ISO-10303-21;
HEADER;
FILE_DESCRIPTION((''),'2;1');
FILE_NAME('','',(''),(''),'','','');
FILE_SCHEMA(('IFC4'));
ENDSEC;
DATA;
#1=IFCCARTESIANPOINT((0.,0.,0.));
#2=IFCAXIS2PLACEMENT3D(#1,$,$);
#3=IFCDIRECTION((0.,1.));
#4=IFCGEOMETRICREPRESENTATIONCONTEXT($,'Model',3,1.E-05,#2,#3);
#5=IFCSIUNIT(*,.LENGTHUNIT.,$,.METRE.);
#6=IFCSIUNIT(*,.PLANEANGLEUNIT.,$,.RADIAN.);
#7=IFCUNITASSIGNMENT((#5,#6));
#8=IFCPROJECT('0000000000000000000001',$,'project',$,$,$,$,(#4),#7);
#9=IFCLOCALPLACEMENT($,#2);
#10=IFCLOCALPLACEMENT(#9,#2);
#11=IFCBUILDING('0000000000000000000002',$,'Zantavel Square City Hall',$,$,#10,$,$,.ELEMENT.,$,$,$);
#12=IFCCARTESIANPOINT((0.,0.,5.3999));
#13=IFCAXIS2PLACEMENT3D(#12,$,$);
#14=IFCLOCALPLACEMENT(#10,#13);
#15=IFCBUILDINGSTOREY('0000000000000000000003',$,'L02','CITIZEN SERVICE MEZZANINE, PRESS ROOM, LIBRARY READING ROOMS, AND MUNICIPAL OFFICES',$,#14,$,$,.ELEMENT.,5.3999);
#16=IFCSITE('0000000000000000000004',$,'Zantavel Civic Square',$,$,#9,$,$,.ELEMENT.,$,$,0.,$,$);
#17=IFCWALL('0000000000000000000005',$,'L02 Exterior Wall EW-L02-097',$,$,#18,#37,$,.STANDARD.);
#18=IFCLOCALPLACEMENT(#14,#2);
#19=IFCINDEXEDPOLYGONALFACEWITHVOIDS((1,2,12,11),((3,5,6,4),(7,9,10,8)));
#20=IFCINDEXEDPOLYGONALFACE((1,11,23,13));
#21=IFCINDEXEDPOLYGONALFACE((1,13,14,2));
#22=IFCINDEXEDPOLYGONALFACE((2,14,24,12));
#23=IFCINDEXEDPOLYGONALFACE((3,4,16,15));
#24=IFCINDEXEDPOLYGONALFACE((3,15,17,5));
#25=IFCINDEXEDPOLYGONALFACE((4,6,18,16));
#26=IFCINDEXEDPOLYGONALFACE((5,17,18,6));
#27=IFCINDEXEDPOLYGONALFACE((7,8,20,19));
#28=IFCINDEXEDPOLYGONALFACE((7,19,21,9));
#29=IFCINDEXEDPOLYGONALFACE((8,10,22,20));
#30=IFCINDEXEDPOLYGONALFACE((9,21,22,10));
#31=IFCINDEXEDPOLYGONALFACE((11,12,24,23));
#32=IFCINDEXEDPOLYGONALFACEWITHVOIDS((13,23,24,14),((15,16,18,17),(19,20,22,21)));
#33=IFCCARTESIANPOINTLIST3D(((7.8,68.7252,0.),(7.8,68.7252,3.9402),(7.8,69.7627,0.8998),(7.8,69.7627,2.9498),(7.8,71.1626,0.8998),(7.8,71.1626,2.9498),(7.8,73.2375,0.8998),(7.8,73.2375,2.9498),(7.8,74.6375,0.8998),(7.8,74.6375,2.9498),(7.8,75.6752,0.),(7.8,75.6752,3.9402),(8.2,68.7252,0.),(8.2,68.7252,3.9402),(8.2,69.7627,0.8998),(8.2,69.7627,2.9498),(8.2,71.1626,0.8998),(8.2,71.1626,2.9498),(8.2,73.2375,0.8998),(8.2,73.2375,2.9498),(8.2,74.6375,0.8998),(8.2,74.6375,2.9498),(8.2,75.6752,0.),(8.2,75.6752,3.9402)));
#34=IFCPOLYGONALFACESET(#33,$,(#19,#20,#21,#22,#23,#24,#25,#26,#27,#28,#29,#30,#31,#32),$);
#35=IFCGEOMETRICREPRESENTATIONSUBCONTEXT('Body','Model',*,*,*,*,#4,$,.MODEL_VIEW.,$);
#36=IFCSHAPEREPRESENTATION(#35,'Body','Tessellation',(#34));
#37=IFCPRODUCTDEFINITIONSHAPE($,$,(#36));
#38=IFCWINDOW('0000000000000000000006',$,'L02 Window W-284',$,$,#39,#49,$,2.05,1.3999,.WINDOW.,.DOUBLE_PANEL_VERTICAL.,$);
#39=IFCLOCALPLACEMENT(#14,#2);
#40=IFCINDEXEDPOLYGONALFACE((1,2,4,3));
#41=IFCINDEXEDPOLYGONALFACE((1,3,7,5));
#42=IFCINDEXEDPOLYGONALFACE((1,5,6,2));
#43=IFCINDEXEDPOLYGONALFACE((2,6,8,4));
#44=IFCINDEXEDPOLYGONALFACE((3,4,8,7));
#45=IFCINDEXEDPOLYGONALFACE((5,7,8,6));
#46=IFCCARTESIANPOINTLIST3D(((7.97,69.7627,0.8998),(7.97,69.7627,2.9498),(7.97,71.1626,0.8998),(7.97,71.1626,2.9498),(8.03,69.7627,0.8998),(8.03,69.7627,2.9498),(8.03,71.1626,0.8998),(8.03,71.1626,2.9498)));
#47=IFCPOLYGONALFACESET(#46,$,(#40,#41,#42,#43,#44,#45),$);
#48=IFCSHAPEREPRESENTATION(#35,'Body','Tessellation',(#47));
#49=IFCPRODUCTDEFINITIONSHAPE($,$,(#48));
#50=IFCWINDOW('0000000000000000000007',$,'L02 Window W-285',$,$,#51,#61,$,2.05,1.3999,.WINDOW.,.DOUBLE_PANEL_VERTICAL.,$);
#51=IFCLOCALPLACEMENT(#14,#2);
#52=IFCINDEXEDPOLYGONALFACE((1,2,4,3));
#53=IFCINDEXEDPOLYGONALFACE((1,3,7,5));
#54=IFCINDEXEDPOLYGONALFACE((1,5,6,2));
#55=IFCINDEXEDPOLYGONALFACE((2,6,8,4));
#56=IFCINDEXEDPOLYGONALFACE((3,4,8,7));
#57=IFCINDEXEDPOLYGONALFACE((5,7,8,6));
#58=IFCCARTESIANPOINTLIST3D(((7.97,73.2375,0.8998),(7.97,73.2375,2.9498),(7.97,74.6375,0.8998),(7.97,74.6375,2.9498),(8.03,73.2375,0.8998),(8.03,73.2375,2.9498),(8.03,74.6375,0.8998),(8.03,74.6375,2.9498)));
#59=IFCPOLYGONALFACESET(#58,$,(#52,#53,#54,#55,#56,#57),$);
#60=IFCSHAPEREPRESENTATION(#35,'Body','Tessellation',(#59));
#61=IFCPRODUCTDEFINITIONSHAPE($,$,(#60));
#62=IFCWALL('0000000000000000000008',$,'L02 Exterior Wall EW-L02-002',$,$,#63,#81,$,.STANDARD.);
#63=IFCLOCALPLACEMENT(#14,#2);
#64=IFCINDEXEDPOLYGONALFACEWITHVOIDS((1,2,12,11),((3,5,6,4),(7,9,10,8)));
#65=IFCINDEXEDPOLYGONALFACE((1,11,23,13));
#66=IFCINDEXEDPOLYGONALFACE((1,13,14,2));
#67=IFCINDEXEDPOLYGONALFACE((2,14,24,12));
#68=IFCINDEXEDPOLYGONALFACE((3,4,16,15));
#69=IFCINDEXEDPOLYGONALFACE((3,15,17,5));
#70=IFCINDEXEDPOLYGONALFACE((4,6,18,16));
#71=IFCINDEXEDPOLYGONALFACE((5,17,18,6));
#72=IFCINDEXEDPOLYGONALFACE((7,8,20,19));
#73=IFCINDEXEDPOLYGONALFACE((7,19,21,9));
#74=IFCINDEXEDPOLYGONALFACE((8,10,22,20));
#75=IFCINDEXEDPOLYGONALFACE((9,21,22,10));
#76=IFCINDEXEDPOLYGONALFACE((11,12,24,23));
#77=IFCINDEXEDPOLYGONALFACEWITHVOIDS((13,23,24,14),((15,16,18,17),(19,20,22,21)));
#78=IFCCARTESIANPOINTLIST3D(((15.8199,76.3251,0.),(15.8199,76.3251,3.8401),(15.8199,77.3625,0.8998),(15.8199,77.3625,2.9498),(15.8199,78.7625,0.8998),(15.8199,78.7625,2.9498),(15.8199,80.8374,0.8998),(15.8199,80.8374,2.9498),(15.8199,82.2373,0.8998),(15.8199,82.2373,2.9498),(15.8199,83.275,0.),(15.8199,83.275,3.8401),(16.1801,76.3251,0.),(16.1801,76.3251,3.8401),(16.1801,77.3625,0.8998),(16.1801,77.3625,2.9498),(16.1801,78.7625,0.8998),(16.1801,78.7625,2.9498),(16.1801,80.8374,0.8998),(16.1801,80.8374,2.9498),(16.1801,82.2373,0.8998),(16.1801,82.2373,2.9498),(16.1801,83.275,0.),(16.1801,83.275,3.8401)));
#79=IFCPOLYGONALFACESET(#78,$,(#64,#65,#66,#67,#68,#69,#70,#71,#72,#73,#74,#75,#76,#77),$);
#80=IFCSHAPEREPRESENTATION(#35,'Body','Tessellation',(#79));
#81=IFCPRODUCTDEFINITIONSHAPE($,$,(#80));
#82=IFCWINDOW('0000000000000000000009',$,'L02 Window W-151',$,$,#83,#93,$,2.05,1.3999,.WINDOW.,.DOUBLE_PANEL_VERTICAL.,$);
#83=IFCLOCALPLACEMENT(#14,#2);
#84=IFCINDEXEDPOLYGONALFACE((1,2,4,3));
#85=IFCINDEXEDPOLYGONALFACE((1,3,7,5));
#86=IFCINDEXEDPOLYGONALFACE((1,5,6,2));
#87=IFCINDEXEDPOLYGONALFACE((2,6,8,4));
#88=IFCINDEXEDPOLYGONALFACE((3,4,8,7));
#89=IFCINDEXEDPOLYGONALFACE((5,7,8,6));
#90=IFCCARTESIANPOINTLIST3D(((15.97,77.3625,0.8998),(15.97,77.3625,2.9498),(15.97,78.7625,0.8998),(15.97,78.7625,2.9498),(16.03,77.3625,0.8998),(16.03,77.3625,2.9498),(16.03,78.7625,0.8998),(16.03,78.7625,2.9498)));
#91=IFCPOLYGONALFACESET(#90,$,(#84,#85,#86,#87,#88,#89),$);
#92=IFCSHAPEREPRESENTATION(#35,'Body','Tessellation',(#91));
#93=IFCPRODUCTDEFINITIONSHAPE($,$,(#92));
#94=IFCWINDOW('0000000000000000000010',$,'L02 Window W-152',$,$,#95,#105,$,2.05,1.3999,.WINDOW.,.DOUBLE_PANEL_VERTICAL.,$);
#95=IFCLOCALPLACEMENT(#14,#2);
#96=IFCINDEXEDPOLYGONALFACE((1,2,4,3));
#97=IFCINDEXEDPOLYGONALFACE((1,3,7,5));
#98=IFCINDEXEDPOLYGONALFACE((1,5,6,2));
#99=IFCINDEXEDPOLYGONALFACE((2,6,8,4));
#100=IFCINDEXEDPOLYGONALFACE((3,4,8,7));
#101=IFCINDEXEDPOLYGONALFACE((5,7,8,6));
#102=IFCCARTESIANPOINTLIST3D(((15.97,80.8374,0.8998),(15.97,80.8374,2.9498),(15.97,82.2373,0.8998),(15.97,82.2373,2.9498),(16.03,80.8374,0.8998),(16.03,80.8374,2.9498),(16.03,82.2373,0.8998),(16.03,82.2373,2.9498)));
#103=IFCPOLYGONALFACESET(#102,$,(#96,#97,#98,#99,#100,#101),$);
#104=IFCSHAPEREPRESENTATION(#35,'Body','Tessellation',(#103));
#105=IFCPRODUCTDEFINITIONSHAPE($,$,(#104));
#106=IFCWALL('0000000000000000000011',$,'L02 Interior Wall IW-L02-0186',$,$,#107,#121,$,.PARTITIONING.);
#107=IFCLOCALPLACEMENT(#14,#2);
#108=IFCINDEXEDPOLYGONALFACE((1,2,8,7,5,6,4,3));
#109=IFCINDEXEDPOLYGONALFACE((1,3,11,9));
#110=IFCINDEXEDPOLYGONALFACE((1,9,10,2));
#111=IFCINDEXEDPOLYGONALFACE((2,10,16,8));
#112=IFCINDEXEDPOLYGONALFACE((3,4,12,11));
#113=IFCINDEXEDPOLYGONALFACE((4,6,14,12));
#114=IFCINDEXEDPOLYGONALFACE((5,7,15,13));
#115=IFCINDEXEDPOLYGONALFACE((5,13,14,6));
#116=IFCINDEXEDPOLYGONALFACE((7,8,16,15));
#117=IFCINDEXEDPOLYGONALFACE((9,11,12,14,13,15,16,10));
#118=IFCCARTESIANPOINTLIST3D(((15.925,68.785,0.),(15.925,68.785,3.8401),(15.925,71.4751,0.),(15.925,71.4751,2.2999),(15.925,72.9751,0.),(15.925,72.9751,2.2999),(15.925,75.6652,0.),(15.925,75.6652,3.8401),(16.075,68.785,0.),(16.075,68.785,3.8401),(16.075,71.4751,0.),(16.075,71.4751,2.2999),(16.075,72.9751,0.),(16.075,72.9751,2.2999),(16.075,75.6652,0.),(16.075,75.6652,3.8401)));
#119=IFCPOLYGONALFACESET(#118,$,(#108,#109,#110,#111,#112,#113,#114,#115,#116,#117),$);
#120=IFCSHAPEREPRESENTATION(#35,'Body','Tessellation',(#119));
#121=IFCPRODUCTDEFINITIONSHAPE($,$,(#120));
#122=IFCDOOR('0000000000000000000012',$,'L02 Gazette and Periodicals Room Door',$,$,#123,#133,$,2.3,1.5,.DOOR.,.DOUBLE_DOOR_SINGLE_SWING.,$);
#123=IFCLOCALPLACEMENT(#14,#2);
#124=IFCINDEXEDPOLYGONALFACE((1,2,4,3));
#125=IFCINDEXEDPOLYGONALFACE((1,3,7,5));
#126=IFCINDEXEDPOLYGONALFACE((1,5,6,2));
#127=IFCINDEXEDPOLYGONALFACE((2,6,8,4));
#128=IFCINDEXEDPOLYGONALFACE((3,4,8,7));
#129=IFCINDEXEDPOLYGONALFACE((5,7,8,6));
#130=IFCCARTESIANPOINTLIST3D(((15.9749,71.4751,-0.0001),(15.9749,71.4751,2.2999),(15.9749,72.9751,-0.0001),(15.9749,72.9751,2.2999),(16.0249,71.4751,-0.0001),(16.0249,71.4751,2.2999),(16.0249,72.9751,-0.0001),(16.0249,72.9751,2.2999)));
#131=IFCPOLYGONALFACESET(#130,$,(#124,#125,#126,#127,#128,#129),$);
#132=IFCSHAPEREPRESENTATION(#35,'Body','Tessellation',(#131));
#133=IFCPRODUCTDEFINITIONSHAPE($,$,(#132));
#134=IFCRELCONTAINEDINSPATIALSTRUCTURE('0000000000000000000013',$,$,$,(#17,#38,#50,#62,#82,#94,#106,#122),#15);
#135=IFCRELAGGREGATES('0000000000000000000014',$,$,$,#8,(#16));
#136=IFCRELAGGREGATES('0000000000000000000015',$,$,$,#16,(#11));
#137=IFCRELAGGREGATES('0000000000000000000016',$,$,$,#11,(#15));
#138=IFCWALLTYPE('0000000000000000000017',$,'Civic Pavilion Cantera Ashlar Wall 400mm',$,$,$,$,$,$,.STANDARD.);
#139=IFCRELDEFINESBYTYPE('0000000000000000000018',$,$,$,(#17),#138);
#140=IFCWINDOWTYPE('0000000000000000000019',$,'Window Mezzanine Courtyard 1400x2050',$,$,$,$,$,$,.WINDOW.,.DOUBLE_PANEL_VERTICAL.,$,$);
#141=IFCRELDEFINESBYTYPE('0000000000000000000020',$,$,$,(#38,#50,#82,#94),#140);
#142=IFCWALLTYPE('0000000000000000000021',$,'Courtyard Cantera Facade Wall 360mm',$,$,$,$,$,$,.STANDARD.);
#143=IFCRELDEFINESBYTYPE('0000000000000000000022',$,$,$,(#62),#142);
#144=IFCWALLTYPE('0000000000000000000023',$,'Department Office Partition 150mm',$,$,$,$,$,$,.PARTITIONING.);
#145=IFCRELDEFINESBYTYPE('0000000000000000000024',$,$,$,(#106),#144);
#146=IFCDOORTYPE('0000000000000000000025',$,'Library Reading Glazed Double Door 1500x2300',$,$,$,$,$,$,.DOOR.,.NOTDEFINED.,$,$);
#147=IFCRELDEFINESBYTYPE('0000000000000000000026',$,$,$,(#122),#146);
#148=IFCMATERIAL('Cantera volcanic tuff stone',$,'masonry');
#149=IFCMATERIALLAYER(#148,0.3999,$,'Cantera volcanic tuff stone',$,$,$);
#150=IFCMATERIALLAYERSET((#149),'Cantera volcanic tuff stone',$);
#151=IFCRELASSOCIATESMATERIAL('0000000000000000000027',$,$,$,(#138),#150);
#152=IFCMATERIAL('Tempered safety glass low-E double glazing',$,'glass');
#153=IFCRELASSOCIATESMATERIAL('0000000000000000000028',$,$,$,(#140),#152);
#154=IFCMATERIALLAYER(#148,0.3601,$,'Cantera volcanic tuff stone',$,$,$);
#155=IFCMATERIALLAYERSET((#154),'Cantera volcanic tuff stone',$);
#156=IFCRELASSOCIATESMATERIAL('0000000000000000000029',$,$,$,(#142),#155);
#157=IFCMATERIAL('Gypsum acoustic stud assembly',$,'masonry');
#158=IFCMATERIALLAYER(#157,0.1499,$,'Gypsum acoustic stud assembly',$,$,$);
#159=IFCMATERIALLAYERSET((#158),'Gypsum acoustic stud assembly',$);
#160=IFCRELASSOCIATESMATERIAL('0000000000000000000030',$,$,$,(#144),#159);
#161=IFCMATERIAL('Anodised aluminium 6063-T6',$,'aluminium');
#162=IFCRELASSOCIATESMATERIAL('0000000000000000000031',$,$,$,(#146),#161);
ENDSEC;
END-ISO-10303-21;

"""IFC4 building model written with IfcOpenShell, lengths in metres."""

from ifc_helpers import new_model, si_unit, direction, frame, frame_2d, origin, place, context, subcontext, project, spatial, rectangle, extrude, material, layer, layer_set, type_object, element, fill, save


model = new_model("IFC4")

# Units and contexts
model_context = context("Model", 3, precision=1e-05, world=origin(), true_north=direction((0.0, 1.0)))
body_context = subcontext(model_context, "Body", "Model", "MODEL_VIEW")
ifc_project = project(units=[si_unit("LENGTHUNIT", "METRE"), si_unit("PLANEANGLEUNIT", "RADIAN")], contexts=[model_context])

# Site, building, storey
site_placement = place(None, origin())
site = spatial("IfcSite", under=ifc_project, at=site_placement, Name="Zantavel Civic Square", CompositionType="ELEMENT", RefElevation=0.0)
building_placement = place(site_placement, origin())
building = spatial("IfcBuilding", under=site, at=building_placement, Name="Zantavel Square City Hall", CompositionType="ELEMENT")
storey_placement = place(building_placement, frame((0.0, 0.0, 5.3999)))
storey = spatial("IfcBuildingStorey", under=building, at=storey_placement, Name="L02", Description="CITIZEN SERVICE MEZZANINE, PRESS ROOM, LIBRARY READING ROOMS, AND MUNICIPAL OFFICES", CompositionType="ELEMENT", Elevation=5.3999)

# Walls, openings, windows
ifc_material_1 = material(Name="Cantera volcanic tuff stone", Category="masonry")
ifc_layer_1 = layer(ifc_material_1, 0.3999, Name="Cantera volcanic tuff stone")
ifc_layer_set_1 = layer_set([ifc_layer_1], Name="Cantera volcanic tuff stone")
wall_type_1 = type_object("IfcWallType", Name="Civic Pavilion Cantera Ashlar Wall 400mm", PredefinedType="STANDARD", material=ifc_layer_set_1)
wall_1_placement = place(storey_placement, frame((8.0, 68.7251, 0.0), z_axis=(0.0, 0.0, 1.0), x_axis=(0.0, 1.0, 0.0)))
wall_1 = element("IfcWall", 1, at=wall_1_placement, inside=storey, type_object=wall_type_1, Name="L02 Exterior Wall EW-L02-097", PredefinedType="STANDARD", context=body_context, shape_type="SweptSolid", body=[
    extrude(rectangle(XDim=6.95, YDim=0.3999, at=frame_2d((3.4751, 0.0))), origin(), (0.0, 0.0, 1.0), 3.9402),
])
opening_1_placement = place(wall_1_placement, frame((1.0376, 0.0, 0.8999)))
opening_1 = element("IfcOpeningElement", 2, at=opening_1_placement, cuts=wall_1, PredefinedType="OPENING", context=body_context, shape_type="SweptSolid", body=[
    extrude(rectangle(XDim=1.3999, YDim=2.05, at=frame_2d((0.7, 1.0249))), frame((0.0, 0.21, 0.0), z_axis=(0.0, -1.0, 0.0), x_axis=(1.0, 0.0, 0.0)), (0.0, 0.0, 1.0), 0.4199),
])
opening_2_placement = place(wall_1_placement, frame((4.5125, 0.0, 0.8999)))
opening_2 = element("IfcOpeningElement", 3, at=opening_2_placement, cuts=wall_1, PredefinedType="OPENING", context=body_context, shape_type="SweptSolid", body=[
    extrude(rectangle(XDim=1.3999, YDim=2.05, at=frame_2d((0.7, 1.0249))), frame((0.0, 0.21, 0.0), z_axis=(0.0, -1.0, 0.0), x_axis=(1.0, 0.0, 0.0)), (0.0, 0.0, 1.0), 0.4199),
])
ifc_material_2 = material(Name="Tempered safety glass low-E double glazing", Category="glass")
window_type_1 = type_object("IfcWindowType", Name="Window Mezzanine Courtyard 1400x2050", PartitioningType="DOUBLE_PANEL_VERTICAL", PredefinedType="WINDOW", material=ifc_material_2)
window_1_placement = place(opening_1_placement, origin())
window_1 = element("IfcWindow", 4, at=window_1_placement, inside=storey, type_object=window_type_1, Name="L02 Window W-284", OverallHeight=2.05, OverallWidth=1.3999, PartitioningType="DOUBLE_PANEL_VERTICAL", PredefinedType="WINDOW", context=body_context, shape_type="SweptSolid", body=[
    extrude(rectangle(XDim=1.3999, YDim=2.05, at=frame_2d((0.7, 1.0249))), frame((0.0, 0.03, 0.0), z_axis=(0.0, -1.0, 0.0), x_axis=(1.0, 0.0, 0.0)), (0.0, 0.0, 1.0), 0.0601),
])
fill(opening_1, window_1)
window_2_placement = place(opening_2_placement, origin())
window_2 = element("IfcWindow", 5, at=window_2_placement, inside=storey, type_object=window_type_1, Name="L02 Window W-285", OverallHeight=2.05, OverallWidth=1.3999, PartitioningType="DOUBLE_PANEL_VERTICAL", PredefinedType="WINDOW", context=body_context, shape_type="SweptSolid", body=[
    extrude(rectangle(XDim=1.3999, YDim=2.05, at=frame_2d((0.7, 1.0249))), frame((0.0, 0.03, 0.0), z_axis=(0.0, -1.0, 0.0), x_axis=(1.0, 0.0, 0.0)), (0.0, 0.0, 1.0), 0.0601),
])
fill(opening_2, window_2)
ifc_layer_2 = layer(ifc_material_1, 0.3601, Name="Cantera volcanic tuff stone")
ifc_layer_set_2 = layer_set([ifc_layer_2], Name="Cantera volcanic tuff stone")
wall_type_2 = type_object("IfcWallType", Name="Courtyard Cantera Facade Wall 360mm", PredefinedType="STANDARD", material=ifc_layer_set_2)
wall_2_placement = place(storey_placement, frame((16.0, 76.325, 0.0), z_axis=(0.0, 0.0, 1.0), x_axis=(0.0, 1.0, 0.0)))
wall_2 = element("IfcWall", 6, at=wall_2_placement, inside=storey, type_object=wall_type_2, Name="L02 Exterior Wall EW-L02-002", PredefinedType="STANDARD", context=body_context, shape_type="SweptSolid", body=[
    extrude(rectangle(XDim=6.95, YDim=0.3601, at=frame_2d((3.4751, 0.0))), origin(), (0.0, 0.0, 1.0), 3.8401),
])
opening_3_placement = place(wall_2_placement, frame((1.0376, 0.0, 0.8999)))
opening_3 = element("IfcOpeningElement", 7, at=opening_3_placement, cuts=wall_2, PredefinedType="OPENING", context=body_context, shape_type="SweptSolid", body=[
    extrude(rectangle(XDim=1.3999, YDim=2.05, at=frame_2d((0.7, 1.0249))), frame((0.0, 0.1899, 0.0), z_axis=(0.0, -1.0, 0.0), x_axis=(1.0, 0.0, 0.0)), (0.0, 0.0, 1.0), 0.3801),
])
opening_4_placement = place(wall_2_placement, frame((4.5125, 0.0, 0.8999)))
opening_4 = element("IfcOpeningElement", 8, at=opening_4_placement, cuts=wall_2, PredefinedType="OPENING", context=body_context, shape_type="SweptSolid", body=[
    extrude(rectangle(XDim=1.3999, YDim=2.05, at=frame_2d((0.7, 1.0249))), frame((0.0, 0.1899, 0.0), z_axis=(0.0, -1.0, 0.0), x_axis=(1.0, 0.0, 0.0)), (0.0, 0.0, 1.0), 0.3801),
])
window_3_placement = place(opening_3_placement, origin())
window_3 = element("IfcWindow", 9, at=window_3_placement, inside=storey, type_object=window_type_1, Name="L02 Window W-151", OverallHeight=2.05, OverallWidth=1.3999, PartitioningType="DOUBLE_PANEL_VERTICAL", PredefinedType="WINDOW", context=body_context, shape_type="SweptSolid", body=[
    extrude(rectangle(XDim=1.3999, YDim=2.05, at=frame_2d((0.7, 1.0249))), frame((0.0, 0.03, 0.0), z_axis=(0.0, -1.0, 0.0), x_axis=(1.0, 0.0, 0.0)), (0.0, 0.0, 1.0), 0.0601),
])
fill(opening_3, window_3)
window_4_placement = place(opening_4_placement, origin())
window_4 = element("IfcWindow", 10, at=window_4_placement, inside=storey, type_object=window_type_1, Name="L02 Window W-152", OverallHeight=2.05, OverallWidth=1.3999, PartitioningType="DOUBLE_PANEL_VERTICAL", PredefinedType="WINDOW", context=body_context, shape_type="SweptSolid", body=[
    extrude(rectangle(XDim=1.3999, YDim=2.05, at=frame_2d((0.7, 1.0249))), frame((0.0, 0.03, 0.0), z_axis=(0.0, -1.0, 0.0), x_axis=(1.0, 0.0, 0.0)), (0.0, 0.0, 1.0), 0.0601),
])
fill(opening_4, window_4)

# Wall, opening, door
ifc_material_3 = material(Name="Gypsum acoustic stud assembly", Category="masonry")
ifc_layer_3 = layer(ifc_material_3, 0.1499, Name="Gypsum acoustic stud assembly")
ifc_layer_set_3 = layer_set([ifc_layer_3], Name="Gypsum acoustic stud assembly")
wall_type_3 = type_object("IfcWallType", Name="Department Office Partition 150mm", PredefinedType="PARTITIONING", material=ifc_layer_set_3)
wall_3_placement = place(storey_placement, frame((16.0, 75.665, 0.0), z_axis=(0.0, 0.0, 1.0), x_axis=(0.0, -1.0, 0.0)))
wall_3 = element("IfcWall", 11, at=wall_3_placement, inside=storey, type_object=wall_type_3, Name="L02 Interior Wall IW-L02-0186", PredefinedType="PARTITIONING", context=body_context, shape_type="SweptSolid", body=[
    extrude(rectangle(XDim=6.8801, YDim=0.1499, at=frame_2d((3.4399, 0.0))), origin(), (0.0, 0.0, 1.0), 3.8401),
])
opening_5_placement = place(wall_3_placement, frame((2.6899, 0.0, 0.0)))
opening_5 = element("IfcOpeningElement", 12, at=opening_5_placement, cuts=wall_3, PredefinedType="OPENING", context=body_context, shape_type="SweptSolid", body=[
    extrude(rectangle(XDim=1.5, YDim=2.3, at=frame_2d((0.75, 1.1499))), frame((0.0, 0.085, 0.0), z_axis=(0.0, -1.0, 0.0), x_axis=(1.0, 0.0, 0.0)), (0.0, 0.0, 1.0), 0.1699),
])
ifc_material_4 = material(Name="Anodised aluminium 6063-T6", Category="aluminium")
door_type_1 = type_object("IfcDoorType", Name="Library Reading Glazed Double Door 1500x2300", OperationType="NOTDEFINED", PredefinedType="DOOR", material=ifc_material_4)
door_1_placement = place(opening_5_placement, origin())
door_1 = element("IfcDoor", 13, at=door_1_placement, inside=storey, type_object=door_type_1, Name="L02 Gazette and Periodicals Room Door", OperationType="DOUBLE_DOOR_SINGLE_SWING", OverallHeight=2.3, OverallWidth=1.5, PredefinedType="DOOR", context=body_context, shape_type="SweptSolid", body=[
    extrude(rectangle(XDim=1.5, YDim=2.3, at=frame_2d((0.75, 1.1499))), frame((0.0, 0.0249, 0.0), z_axis=(0.0, -1.0, 0.0), x_axis=(1.0, 0.0, 0.0)), (0.0, 0.0, 1.0), 0.05),
])
fill(opening_5, door_1)

save(model, "model.ifc")
